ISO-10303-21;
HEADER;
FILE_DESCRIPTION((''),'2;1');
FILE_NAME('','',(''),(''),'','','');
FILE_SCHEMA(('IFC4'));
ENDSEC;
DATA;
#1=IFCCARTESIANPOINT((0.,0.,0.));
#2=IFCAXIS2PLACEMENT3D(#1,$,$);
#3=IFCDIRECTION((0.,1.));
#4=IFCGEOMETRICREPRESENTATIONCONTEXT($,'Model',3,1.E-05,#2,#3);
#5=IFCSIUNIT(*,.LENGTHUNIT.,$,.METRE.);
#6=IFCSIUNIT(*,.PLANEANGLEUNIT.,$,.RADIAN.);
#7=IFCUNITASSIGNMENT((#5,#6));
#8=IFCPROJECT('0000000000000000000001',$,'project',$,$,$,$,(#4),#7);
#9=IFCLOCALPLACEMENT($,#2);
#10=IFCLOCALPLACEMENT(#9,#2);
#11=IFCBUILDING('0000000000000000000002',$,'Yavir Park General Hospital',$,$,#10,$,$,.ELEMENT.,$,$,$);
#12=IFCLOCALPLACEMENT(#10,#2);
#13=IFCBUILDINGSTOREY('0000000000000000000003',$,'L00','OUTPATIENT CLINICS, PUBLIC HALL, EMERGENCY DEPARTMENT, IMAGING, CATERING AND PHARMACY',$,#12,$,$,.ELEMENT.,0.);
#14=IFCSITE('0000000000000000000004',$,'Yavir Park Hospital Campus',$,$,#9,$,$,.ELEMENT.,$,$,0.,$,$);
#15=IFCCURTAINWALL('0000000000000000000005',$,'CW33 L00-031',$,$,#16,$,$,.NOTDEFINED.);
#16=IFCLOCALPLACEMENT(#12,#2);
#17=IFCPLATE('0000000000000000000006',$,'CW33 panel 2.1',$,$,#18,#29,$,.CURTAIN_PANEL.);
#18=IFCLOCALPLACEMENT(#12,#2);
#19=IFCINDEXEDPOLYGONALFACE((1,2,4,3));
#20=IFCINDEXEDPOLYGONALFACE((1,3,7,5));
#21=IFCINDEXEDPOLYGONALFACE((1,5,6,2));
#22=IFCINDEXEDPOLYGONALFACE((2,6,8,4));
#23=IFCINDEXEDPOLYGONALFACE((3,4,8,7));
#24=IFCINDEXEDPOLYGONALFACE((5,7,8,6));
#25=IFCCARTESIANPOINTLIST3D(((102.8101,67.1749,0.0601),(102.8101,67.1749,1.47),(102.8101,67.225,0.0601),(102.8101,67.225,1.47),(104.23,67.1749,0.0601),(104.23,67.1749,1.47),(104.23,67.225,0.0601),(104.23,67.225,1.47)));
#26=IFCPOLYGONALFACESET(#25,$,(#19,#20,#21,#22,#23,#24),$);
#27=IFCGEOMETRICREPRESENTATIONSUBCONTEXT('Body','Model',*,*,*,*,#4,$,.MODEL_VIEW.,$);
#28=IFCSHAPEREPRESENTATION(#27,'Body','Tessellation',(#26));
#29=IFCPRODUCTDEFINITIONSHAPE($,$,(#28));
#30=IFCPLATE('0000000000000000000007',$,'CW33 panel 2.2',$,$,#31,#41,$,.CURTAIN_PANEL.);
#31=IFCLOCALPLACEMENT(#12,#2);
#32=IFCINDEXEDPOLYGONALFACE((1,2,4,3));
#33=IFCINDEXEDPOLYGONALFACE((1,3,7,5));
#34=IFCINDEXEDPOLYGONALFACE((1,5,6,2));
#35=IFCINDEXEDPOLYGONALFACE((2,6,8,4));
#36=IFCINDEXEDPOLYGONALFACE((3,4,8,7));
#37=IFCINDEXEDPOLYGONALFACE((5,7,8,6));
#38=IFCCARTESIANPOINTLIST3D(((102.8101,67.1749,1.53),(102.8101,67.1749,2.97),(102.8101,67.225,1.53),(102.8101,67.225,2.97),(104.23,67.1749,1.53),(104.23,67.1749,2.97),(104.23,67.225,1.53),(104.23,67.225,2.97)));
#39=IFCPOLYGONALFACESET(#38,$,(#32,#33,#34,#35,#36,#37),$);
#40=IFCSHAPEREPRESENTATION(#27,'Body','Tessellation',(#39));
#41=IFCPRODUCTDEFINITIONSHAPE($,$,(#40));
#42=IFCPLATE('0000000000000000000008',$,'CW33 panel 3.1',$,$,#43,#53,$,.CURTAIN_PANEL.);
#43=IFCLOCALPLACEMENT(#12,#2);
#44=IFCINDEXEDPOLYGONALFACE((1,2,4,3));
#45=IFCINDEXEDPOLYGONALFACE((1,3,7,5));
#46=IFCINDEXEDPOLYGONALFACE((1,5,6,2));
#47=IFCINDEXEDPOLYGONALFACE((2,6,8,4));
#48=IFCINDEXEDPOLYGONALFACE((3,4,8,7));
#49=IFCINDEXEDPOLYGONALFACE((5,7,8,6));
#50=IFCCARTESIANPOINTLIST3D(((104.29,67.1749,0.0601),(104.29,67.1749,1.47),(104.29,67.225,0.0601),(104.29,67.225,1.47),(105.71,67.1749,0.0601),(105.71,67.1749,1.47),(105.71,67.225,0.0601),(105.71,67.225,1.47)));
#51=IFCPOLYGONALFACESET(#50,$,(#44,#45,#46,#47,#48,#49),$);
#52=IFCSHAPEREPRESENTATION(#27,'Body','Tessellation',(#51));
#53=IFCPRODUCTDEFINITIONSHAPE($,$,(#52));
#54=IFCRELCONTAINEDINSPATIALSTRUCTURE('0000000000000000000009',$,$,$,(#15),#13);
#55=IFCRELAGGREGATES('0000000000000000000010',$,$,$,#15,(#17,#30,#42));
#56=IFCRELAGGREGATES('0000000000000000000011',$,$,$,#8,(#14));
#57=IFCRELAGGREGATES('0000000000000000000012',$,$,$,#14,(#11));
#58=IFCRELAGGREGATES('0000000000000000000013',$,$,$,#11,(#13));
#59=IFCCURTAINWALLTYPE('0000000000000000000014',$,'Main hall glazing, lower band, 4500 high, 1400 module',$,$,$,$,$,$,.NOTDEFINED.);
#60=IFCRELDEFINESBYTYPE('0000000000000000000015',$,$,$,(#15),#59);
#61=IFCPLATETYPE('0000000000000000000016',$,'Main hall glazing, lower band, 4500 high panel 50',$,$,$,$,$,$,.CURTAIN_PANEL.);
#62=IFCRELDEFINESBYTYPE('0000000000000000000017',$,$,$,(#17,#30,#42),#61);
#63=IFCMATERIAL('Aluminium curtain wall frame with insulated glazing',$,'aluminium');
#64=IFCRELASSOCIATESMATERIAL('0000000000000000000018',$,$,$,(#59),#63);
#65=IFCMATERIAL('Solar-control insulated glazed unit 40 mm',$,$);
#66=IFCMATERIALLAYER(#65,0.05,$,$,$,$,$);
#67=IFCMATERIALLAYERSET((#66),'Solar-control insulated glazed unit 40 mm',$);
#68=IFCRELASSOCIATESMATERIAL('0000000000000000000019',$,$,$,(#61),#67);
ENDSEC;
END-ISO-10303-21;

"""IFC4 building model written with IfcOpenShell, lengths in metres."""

from ifc_helpers import new_model, si_unit, direction, frame, origin, origin_2d, place, context, subcontext, project, spatial, rectangle, extrude, material, layer, layer_set, type_object, element, aggregate, save


model = new_model("IFC4")

# Units and contexts
model_context = context("Model", 3, precision=1e-05, world=origin(), true_north=direction((0.0, 1.0)))
body_context = subcontext(model_context, "Body", "Model", "MODEL_VIEW")
ifc_project = project(units=[si_unit("LENGTHUNIT", "METRE"), si_unit("PLANEANGLEUNIT", "RADIAN")], contexts=[model_context])

# Site, building, storey
site_placement = place(None, origin())
site = spatial("IfcSite", under=ifc_project, at=site_placement, Name="Yavir Park Hospital Campus", CompositionType="ELEMENT", RefElevation=0.0)
building_placement = place(site_placement, origin())
building = spatial("IfcBuilding", under=site, at=building_placement, Name="Yavir Park General Hospital", CompositionType="ELEMENT")
storey_placement = place(building_placement, origin())
storey = spatial("IfcBuildingStorey", under=building, at=storey_placement, Name="L00", Description="OUTPATIENT CLINICS, PUBLIC HALL, EMERGENCY DEPARTMENT, IMAGING, CATERING AND PHARMACY", CompositionType="ELEMENT", Elevation=0.0)

# Curtain wall
ifc_material_1 = material(Name="Aluminium curtain wall frame with insulated glazing", Category="aluminium")
curtain_wall_type = type_object("IfcCurtainWallType", Name="Main hall glazing, lower band, 4500 high, 1400 module", PredefinedType="NOTDEFINED", material=ifc_material_1)
curtain_wall_1_placement = place(storey_placement, origin())
curtain_wall_1 = element("IfcCurtainWall", 1, at=curtain_wall_1_placement, inside=storey, type_object=curtain_wall_type, Name="CW33 L00-031", PredefinedType="NOTDEFINED")

# Plates
ifc_material_2 = material(Name="Solar-control insulated glazed unit 40 mm")
ifc_layer = layer(ifc_material_2, 0.05)
ifc_layer_set = layer_set([ifc_layer], Name="Solar-control insulated glazed unit 40 mm")
plate_type = type_object("IfcPlateType", Name="Main hall glazing, lower band, 4500 high panel 50", PredefinedType="CURTAIN_PANEL", material=ifc_layer_set)
plate_1_placement = place(storey_placement, frame((103.52, 67.2, 0.0601), z_axis=(0.0, 0.0, 1.0), x_axis=(1.0, 0.0, 0.0)))
plate_1 = element("IfcPlate", 2, at=plate_1_placement, type_object=plate_type, Name="CW33 panel 2.1", PredefinedType="CURTAIN_PANEL", context=body_context, shape_type="SweptSolid", body=[
    extrude(rectangle(XDim=1.4199, YDim=0.05, at=origin_2d()), origin(), (0.0, 0.0, 1.0), 1.4099),
])
plate_2_placement = place(storey_placement, frame((103.52, 67.2, 1.53), z_axis=(0.0, 0.0, 1.0), x_axis=(1.0, 0.0, 0.0)))
plate_2 = element("IfcPlate", 3, at=plate_2_placement, type_object=plate_type, Name="CW33 panel 2.2", PredefinedType="CURTAIN_PANEL", context=body_context, shape_type="SweptSolid", body=[
    extrude(rectangle(XDim=1.4199, YDim=0.05, at=origin_2d()), origin(), (0.0, 0.0, 1.0), 1.4399),
])
plate_3_placement = place(storey_placement, frame((105.0, 67.2, 0.0601), z_axis=(0.0, 0.0, 1.0), x_axis=(1.0, 0.0, 0.0)))
plate_3 = element("IfcPlate", 4, at=plate_3_placement, type_object=plate_type, Name="CW33 panel 3.1", PredefinedType="CURTAIN_PANEL", context=body_context, shape_type="SweptSolid", body=[
    extrude(rectangle(XDim=1.4199, YDim=0.05, at=origin_2d()), origin(), (0.0, 0.0, 1.0), 1.4099),
])
aggregate(curtain_wall_1, [plate_1, plate_2, plate_3])

save(model, "model.ifc")
